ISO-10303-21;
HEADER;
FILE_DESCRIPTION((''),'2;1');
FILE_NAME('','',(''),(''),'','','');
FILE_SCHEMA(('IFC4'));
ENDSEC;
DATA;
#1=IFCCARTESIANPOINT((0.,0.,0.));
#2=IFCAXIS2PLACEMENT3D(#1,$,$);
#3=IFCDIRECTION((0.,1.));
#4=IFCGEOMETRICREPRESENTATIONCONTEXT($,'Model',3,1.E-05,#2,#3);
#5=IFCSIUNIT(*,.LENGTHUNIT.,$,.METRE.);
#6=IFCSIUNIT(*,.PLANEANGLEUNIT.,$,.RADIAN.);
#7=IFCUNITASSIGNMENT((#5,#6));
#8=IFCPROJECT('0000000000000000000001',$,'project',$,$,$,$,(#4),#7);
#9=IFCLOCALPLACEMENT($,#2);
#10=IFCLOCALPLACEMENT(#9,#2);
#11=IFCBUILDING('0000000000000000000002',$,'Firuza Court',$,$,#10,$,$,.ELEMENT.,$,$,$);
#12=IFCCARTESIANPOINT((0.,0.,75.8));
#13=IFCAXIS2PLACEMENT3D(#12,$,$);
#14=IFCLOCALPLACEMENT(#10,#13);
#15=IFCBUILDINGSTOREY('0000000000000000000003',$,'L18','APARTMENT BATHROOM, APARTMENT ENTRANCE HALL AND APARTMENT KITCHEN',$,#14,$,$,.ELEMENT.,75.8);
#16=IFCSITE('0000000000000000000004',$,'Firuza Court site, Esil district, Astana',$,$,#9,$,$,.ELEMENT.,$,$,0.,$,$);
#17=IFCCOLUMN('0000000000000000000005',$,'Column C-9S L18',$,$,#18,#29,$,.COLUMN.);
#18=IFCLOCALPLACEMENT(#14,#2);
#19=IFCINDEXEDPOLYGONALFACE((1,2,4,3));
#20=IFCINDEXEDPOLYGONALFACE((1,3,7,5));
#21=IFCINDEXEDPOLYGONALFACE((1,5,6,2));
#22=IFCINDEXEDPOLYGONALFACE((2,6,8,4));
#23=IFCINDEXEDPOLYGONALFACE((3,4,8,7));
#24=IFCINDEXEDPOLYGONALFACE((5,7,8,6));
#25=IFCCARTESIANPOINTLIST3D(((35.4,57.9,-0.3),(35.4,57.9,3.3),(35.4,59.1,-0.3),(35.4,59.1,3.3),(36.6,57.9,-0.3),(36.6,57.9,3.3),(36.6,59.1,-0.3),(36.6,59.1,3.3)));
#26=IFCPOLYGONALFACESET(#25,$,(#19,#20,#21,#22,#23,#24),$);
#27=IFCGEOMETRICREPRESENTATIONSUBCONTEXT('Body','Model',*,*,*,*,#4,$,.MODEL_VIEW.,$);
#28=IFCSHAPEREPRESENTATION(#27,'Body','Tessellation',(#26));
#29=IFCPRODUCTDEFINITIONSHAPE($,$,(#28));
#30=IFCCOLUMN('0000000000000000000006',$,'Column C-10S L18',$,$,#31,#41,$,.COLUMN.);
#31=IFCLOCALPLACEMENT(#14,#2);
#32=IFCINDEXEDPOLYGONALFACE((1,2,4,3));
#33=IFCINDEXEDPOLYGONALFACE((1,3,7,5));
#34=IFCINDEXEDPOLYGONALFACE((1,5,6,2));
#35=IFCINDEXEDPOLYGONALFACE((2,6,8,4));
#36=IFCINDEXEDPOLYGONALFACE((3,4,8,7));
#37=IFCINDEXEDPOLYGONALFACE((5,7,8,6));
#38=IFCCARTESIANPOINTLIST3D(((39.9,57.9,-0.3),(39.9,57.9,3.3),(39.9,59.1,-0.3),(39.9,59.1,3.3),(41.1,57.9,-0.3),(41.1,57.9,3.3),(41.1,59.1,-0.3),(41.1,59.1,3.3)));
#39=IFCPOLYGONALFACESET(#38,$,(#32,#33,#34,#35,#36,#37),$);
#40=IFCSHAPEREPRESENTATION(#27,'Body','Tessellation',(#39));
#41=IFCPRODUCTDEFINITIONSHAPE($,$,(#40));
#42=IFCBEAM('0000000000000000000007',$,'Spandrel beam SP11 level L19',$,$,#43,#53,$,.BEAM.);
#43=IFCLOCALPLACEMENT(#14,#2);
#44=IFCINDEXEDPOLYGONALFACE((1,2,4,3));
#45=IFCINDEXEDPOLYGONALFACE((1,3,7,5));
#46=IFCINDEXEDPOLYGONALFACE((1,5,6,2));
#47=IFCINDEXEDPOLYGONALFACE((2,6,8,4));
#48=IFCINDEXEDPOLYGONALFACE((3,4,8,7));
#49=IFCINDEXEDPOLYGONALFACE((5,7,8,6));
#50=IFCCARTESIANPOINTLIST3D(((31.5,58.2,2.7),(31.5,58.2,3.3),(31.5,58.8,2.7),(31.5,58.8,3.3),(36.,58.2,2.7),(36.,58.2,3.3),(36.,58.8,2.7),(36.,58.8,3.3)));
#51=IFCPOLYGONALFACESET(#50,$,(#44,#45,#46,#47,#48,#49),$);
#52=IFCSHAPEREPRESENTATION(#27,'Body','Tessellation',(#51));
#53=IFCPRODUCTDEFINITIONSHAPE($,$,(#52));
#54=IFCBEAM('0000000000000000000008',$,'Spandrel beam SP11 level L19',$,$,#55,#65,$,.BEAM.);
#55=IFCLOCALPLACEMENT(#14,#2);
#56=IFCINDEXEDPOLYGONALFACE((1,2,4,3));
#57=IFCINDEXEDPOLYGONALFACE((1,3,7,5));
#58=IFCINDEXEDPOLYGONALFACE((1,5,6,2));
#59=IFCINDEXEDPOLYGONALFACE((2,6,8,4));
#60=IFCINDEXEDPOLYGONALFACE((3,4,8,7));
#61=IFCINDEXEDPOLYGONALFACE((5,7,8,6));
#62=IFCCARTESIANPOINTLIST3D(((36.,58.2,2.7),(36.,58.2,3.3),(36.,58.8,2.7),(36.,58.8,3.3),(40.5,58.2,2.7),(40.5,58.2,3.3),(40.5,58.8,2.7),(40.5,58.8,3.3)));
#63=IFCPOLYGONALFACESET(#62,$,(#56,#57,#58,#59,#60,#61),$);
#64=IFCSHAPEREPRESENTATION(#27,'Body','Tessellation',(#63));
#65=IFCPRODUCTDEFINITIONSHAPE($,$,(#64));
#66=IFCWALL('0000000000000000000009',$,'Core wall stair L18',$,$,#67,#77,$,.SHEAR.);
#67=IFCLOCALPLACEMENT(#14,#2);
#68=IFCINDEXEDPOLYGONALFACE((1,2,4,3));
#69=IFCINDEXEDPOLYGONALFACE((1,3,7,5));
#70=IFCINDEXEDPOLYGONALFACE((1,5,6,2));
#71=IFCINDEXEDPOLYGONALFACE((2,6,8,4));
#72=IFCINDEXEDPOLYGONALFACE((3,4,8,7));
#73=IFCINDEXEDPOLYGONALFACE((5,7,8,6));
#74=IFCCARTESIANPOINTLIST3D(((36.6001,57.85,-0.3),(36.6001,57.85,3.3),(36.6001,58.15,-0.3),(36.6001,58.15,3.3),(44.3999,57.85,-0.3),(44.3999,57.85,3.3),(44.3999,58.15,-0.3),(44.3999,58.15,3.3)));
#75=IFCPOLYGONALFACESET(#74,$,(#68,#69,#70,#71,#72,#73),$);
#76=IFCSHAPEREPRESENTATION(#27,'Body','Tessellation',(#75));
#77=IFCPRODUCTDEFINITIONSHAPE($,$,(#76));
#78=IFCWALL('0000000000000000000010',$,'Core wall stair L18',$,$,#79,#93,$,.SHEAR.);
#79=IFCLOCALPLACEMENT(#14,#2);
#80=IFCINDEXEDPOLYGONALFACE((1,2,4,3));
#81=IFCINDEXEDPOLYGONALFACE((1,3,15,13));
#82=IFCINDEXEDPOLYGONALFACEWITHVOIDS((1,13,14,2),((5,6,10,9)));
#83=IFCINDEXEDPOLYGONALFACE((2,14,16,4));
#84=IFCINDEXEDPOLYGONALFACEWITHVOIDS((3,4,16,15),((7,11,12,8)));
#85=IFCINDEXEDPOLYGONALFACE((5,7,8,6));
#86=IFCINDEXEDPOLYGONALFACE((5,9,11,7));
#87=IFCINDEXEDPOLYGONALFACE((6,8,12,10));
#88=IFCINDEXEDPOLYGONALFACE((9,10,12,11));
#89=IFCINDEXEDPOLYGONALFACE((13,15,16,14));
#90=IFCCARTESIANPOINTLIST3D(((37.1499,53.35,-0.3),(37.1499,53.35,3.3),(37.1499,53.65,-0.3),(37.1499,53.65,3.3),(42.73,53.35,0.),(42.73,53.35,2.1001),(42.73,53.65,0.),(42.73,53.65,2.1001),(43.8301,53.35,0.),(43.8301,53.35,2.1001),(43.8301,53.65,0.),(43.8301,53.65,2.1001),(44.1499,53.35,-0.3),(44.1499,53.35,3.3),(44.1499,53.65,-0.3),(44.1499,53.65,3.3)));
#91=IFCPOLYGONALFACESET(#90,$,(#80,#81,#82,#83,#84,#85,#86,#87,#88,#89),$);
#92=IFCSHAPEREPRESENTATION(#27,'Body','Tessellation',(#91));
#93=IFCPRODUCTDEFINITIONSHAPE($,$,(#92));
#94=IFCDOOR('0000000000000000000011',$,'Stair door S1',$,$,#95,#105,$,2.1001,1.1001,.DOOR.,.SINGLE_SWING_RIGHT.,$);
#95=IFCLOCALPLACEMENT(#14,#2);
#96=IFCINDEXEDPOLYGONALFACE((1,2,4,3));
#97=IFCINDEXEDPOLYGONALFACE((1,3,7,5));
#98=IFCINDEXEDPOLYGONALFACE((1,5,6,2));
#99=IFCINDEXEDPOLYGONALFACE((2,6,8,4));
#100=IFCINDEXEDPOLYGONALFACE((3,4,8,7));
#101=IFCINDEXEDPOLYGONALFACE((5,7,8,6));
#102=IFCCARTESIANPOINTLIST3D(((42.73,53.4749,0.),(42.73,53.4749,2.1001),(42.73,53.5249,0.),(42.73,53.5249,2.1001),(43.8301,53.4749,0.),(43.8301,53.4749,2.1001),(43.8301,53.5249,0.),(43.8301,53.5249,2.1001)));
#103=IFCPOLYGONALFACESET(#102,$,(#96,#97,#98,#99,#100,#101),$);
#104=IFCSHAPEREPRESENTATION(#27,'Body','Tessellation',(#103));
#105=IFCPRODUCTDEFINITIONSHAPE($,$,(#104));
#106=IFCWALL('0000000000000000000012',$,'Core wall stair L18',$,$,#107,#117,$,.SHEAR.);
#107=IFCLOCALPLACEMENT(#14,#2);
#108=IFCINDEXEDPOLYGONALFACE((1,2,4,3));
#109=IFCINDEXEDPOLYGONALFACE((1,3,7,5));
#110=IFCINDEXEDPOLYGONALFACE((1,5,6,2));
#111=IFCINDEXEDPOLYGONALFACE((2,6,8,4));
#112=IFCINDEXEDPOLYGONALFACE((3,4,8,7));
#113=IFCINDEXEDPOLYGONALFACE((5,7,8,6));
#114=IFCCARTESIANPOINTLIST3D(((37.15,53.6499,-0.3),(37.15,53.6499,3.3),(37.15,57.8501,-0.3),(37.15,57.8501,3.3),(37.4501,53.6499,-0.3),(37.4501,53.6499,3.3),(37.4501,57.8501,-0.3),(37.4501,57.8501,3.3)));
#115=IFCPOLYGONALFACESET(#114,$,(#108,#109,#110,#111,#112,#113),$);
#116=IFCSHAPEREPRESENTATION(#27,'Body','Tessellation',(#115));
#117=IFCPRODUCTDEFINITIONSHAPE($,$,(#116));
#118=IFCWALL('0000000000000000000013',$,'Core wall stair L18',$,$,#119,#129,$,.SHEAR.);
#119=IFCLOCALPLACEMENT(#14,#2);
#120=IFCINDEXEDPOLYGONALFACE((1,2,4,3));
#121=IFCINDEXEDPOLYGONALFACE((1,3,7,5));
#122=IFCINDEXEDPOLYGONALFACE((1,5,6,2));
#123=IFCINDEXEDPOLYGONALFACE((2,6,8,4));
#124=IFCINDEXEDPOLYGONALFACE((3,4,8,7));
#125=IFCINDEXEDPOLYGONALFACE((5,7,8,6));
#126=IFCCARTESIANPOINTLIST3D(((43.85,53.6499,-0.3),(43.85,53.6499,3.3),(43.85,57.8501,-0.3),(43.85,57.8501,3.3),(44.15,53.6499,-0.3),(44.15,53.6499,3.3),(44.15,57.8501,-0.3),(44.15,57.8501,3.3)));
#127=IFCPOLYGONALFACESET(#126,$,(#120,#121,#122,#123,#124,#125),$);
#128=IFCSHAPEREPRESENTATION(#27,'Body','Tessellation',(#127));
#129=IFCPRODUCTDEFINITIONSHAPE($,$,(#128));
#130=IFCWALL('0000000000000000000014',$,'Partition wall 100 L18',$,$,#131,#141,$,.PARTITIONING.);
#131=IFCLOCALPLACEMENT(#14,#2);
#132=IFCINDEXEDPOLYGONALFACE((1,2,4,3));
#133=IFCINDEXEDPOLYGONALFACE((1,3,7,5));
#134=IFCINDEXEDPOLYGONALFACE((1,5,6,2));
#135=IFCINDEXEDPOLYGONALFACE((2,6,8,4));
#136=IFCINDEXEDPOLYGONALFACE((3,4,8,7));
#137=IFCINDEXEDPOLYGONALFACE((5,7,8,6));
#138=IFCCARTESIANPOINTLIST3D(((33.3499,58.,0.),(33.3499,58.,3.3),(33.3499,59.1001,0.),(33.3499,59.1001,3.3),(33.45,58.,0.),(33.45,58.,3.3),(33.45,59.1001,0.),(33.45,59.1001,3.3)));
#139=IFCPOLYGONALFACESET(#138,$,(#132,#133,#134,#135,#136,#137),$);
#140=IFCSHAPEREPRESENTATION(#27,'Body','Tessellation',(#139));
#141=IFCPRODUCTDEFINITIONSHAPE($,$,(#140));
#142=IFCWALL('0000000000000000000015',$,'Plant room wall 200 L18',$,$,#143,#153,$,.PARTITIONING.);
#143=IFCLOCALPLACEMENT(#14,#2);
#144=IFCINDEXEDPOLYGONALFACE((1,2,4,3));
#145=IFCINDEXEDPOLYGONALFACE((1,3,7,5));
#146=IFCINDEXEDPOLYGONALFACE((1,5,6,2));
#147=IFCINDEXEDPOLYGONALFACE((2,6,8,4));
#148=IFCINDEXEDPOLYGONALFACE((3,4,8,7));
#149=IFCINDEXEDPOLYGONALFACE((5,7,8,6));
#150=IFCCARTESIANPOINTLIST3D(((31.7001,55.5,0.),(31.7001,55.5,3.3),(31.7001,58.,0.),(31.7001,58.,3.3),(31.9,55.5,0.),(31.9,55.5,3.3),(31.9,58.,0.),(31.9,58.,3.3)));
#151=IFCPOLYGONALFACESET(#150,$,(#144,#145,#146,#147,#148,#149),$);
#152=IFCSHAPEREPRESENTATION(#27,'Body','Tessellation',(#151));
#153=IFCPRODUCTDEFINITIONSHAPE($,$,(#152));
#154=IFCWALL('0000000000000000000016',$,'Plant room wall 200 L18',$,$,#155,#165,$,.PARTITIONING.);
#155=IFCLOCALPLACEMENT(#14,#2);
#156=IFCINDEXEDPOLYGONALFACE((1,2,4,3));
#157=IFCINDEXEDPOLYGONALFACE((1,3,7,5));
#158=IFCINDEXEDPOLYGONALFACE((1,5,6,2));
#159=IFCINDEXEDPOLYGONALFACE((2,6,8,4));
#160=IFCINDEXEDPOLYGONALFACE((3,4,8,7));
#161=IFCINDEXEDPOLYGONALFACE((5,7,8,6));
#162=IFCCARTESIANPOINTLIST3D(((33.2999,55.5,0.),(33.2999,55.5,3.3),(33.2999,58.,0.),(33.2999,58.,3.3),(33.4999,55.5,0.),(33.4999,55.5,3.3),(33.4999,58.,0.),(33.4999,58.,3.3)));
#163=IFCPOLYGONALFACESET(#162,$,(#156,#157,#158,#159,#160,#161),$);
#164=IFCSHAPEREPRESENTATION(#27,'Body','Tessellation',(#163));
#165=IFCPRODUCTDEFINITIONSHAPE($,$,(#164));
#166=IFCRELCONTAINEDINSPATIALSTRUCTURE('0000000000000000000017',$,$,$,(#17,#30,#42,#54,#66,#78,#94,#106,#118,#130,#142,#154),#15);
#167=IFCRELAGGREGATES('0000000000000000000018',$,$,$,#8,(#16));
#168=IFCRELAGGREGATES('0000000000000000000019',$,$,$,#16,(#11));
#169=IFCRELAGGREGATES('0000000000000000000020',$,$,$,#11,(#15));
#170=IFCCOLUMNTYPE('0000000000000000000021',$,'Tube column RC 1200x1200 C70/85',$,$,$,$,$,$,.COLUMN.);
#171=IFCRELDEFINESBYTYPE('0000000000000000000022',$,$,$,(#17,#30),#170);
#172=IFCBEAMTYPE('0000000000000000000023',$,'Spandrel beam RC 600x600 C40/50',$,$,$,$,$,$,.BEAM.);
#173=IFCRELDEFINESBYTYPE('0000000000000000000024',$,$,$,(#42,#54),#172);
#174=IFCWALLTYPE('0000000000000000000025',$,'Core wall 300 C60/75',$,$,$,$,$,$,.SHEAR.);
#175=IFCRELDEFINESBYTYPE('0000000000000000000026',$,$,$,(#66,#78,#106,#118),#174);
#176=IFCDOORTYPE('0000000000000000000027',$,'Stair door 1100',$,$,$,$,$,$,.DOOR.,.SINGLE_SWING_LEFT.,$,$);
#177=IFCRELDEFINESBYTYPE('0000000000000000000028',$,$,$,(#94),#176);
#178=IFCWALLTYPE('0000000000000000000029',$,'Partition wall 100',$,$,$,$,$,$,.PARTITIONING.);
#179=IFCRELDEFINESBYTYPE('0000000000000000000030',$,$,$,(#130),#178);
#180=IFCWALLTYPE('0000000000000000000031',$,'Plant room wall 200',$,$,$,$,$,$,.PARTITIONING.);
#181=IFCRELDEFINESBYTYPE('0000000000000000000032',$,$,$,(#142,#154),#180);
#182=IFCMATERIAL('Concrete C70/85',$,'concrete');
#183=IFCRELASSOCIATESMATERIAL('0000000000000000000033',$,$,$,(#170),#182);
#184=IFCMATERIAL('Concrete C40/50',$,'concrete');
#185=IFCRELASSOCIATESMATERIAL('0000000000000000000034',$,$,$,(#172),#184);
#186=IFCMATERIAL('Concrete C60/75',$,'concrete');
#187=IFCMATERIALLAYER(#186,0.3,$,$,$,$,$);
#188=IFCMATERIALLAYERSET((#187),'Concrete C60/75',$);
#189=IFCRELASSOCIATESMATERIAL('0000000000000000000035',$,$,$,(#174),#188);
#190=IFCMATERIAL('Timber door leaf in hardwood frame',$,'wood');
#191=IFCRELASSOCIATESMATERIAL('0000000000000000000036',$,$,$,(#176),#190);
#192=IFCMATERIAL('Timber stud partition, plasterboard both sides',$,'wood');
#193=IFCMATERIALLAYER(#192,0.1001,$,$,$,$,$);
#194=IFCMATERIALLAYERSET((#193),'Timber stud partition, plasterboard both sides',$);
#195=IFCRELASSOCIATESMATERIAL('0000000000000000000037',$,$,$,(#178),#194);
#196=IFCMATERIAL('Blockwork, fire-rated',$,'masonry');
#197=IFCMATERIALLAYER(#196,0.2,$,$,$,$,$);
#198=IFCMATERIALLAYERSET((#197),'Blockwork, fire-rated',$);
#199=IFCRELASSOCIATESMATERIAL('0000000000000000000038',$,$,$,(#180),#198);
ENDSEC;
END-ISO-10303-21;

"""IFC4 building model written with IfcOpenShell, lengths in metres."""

from ifc_helpers import new_model, si_unit, direction, frame, frame_2d, origin, origin_2d, place, context, subcontext, project, spatial, rectangle, extrude, material, layer, layer_set, material_profile, profile_set, type_object, element, fill, save


model = new_model("IFC4")

# Units and contexts
model_context = context("Model", 3, precision=1e-05, world=origin(), true_north=direction((0.0, 1.0)))
body_context = subcontext(model_context, "Body", "Model", "MODEL_VIEW")
ifc_project = project(units=[si_unit("LENGTHUNIT", "METRE"), si_unit("PLANEANGLEUNIT", "RADIAN")], contexts=[model_context])

# Site, building, storey
site_placement = place(None, origin())
site = spatial("IfcSite", under=ifc_project, at=site_placement, Name="Firuza Court site, Esil district, Astana", CompositionType="ELEMENT", RefElevation=0.0)
building_placement = place(site_placement, origin())
building = spatial("IfcBuilding", under=site, at=building_placement, Name="Firuza Court", CompositionType="ELEMENT")
storey_placement = place(building_placement, frame((0.0, 0.0, 75.8)))
storey = spatial("IfcBuildingStorey", under=building, at=storey_placement, Name="L18", Description="APARTMENT BATHROOM, APARTMENT ENTRANCE HALL AND APARTMENT KITCHEN", CompositionType="ELEMENT", Elevation=75.8)

# Columns
ifc_material_1 = material(Name="Concrete C70/85", Category="concrete")
ifc_material_profile_1 = material_profile(ifc_material_1, rectangle(XDim=1.2, YDim=1.2, at=origin_2d()), Name="RC 1200x1200")
ifc_profile_set_1 = profile_set([ifc_material_profile_1], Name="Concrete C70/85")
column_type = type_object("IfcColumnType", Name="Tube column RC 1200x1200 C70/85", PredefinedType="COLUMN", material=ifc_profile_set_1)
for number, where, z_axis, x_axis, name in (
    (1, (36.0, 58.5, -0.3), (0.0, 0.0, 1.0), (1.0, 0.0, 0.0), "Column C-9S L18"),
    (2, (40.5, 58.5, -0.3), (0.0, 0.0, 1.0), (1.0, 0.0, 0.0), "Column C-10S L18"),
):
    element("IfcColumn", number, at=place(storey_placement, frame(where, z_axis=z_axis, x_axis=x_axis)), inside=storey, type_object=column_type, Name=name, PredefinedType="COLUMN", context=body_context, shape_type="SweptSolid", body=[
        extrude(rectangle(XDim=1.2, YDim=1.2, at=origin_2d()), origin(), (0.0, 0.0, 1.0), 3.6001),
    ])

# Beams
ifc_material_2 = material(Name="Concrete C40/50", Category="concrete")
ifc_material_profile_2 = material_profile(ifc_material_2, rectangle(XDim=0.6001, YDim=0.6001, at=origin_2d()), Name="RC 600x600")
ifc_profile_set_2 = profile_set([ifc_material_profile_2], Name="Concrete C40/50")
beam_type = type_object("IfcBeamType", Name="Spandrel beam RC 600x600 C40/50", PredefinedType="BEAM", material=ifc_profile_set_2)
for number, where, z_axis, x_axis, name in (
    (3, (36.0, 58.5, 3.0), (-1.0, 0.0, 0.0), (0.0, -1.0, 0.0), "Spandrel beam SP11 level L19"),
    (4, (40.5, 58.5, 3.0), (-1.0, 0.0, 0.0), (0.0, -1.0, 0.0), "Spandrel beam SP11 level L19"),
):
    element("IfcBeam", number, at=place(storey_placement, frame(where, z_axis=z_axis, x_axis=x_axis)), inside=storey, type_object=beam_type, Name=name, PredefinedType="BEAM", context=body_context, shape_type="SweptSolid", body=[
        extrude(rectangle(XDim=0.6001, YDim=0.6001, at=origin_2d()), origin(), (0.0, 0.0, 1.0), 4.5),
    ])

# Wall
ifc_material_3 = material(Name="Concrete C60/75", Category="concrete")
ifc_layer_1 = layer(ifc_material_3, 0.3)
ifc_layer_set_1 = layer_set([ifc_layer_1], Name="Concrete C60/75")
wall_type_1 = type_object("IfcWallType", Name="Core wall 300 C60/75", PredefinedType="SHEAR", material=ifc_layer_set_1)
wall_1_placement = place(storey_placement, frame((36.6001, 58.0, -0.3), z_axis=(0.0, 0.0, 1.0), x_axis=(1.0, 0.0, 0.0)))
element("IfcWall", 5, at=wall_1_placement, inside=storey, type_object=wall_type_1, Name="Core wall stair L18", PredefinedType="SHEAR", context=body_context, shape_type="SweptSolid", body=[
    extrude(rectangle(XDim=7.7998, YDim=0.3, at=frame_2d((3.8999, 0.0))), origin(), (0.0, 0.0, 1.0), 3.6001),
])

# Wall, opening, door
wall_2_placement = place(storey_placement, frame((37.1499, 53.5, -0.3), z_axis=(0.0, 0.0, 1.0), x_axis=(1.0, 0.0, 0.0)))
wall_2 = element("IfcWall", 6, at=wall_2_placement, inside=storey, type_object=wall_type_1, Name="Core wall stair L18", PredefinedType="SHEAR", context=body_context, shape_type="SweptSolid", body=[
    extrude(rectangle(XDim=7.0, YDim=0.3, at=frame_2d((3.5, 0.0))), origin(), (0.0, 0.0, 1.0), 3.6001),
])
opening_1_placement = place(wall_2_placement, frame((5.5801, 0.0, 0.3)))
opening_1 = element("IfcOpeningElement", 7, at=opening_1_placement, cuts=wall_2, PredefinedType="OPENING", context=body_context, shape_type="SweptSolid", body=[
    extrude(rectangle(XDim=1.1001, YDim=2.1001, at=frame_2d((0.55, 1.05))), frame((0.0, 0.1621, 0.0), z_axis=(0.0, -1.0, 0.0), x_axis=(1.0, 0.0, 0.0)), (0.0, 0.0, 1.0), 0.324),
])
ifc_material_4 = material(Name="Timber door leaf in hardwood frame", Category="wood")
door_type_1 = type_object("IfcDoorType", Name="Stair door 1100", OperationType="SINGLE_SWING_LEFT", PredefinedType="DOOR", material=ifc_material_4)
door_1_placement = place(opening_1_placement, origin())
door_1 = element("IfcDoor", 8, at=door_1_placement, inside=storey, type_object=door_type_1, Name="Stair door S1", OperationType="SINGLE_SWING_RIGHT", OverallHeight=2.1001, OverallWidth=1.1001, PredefinedType="DOOR", context=body_context, shape_type="SweptSolid", body=[
    extrude(rectangle(XDim=1.1001, YDim=2.1001, at=frame_2d((0.55, 1.05))), frame((0.0, 0.0249, 0.0), z_axis=(0.0, -1.0, 0.0), x_axis=(1.0, 0.0, 0.0)), (0.0, 0.0, 1.0), 0.05),
])
fill(opening_1, door_1)

# Walls
for number, where, z_axis, x_axis, name in (
    (9, (37.3, 53.6499, -0.3), (0.0, 0.0, 1.0), (0.0, 1.0, 0.0), "Core wall stair L18"),
    (10, (44.0, 53.6499, -0.3), (0.0, 0.0, 1.0), (0.0, 1.0, 0.0), "Core wall stair L18"),
):
    element("IfcWall", number, at=place(storey_placement, frame(where, z_axis=z_axis, x_axis=x_axis)), inside=storey, type_object=wall_type_1, Name=name, PredefinedType="SHEAR", context=body_context, shape_type="SweptSolid", body=[
        extrude(rectangle(XDim=4.2002, YDim=0.3, at=frame_2d((2.1001, 0.0))), origin(), (0.0, 0.0, 1.0), 3.6001),
    ])
ifc_material_5 = material(Name="Timber stud partition, plasterboard both sides", Category="wood")
ifc_layer_2 = layer(ifc_material_5, 0.1001)
ifc_layer_set_2 = layer_set([ifc_layer_2], Name="Timber stud partition, plasterboard both sides")
wall_type_2 = type_object("IfcWallType", Name="Partition wall 100", PredefinedType="PARTITIONING", material=ifc_layer_set_2)
wall_3_placement = place(storey_placement, frame((33.3999, 58.0, 0.0), z_axis=(0.0, 0.0, 1.0), x_axis=(0.0, 1.0, 0.0)))
element("IfcWall", 11, at=wall_3_placement, inside=storey, type_object=wall_type_2, Name="Partition wall 100 L18", PredefinedType="PARTITIONING", context=body_context, shape_type="SweptSolid", body=[
    extrude(rectangle(XDim=1.1001, YDim=0.1001, at=frame_2d((0.55, 0.0))), origin(), (0.0, 0.0, 1.0), 3.3),
])
ifc_material_6 = material(Name="Blockwork, fire-rated", Category="masonry")
ifc_layer_3 = layer(ifc_material_6, 0.2)
ifc_layer_set_3 = layer_set([ifc_layer_3], Name="Blockwork, fire-rated")
wall_type_3 = type_object("IfcWallType", Name="Plant room wall 200", PredefinedType="PARTITIONING", material=ifc_layer_set_3)
for number, where, z_axis, x_axis, name in (
    (12, (31.8, 55.5, 0.0), (0.0, 0.0, 1.0), (0.0, 1.0, 0.0), "Plant room wall 200 L18"),
    (13, (33.3999, 55.5, 0.0), (0.0, 0.0, 1.0), (0.0, 1.0, 0.0), "Plant room wall 200 L18"),
):
    element("IfcWall", number, at=place(storey_placement, frame(where, z_axis=z_axis, x_axis=x_axis)), inside=storey, type_object=wall_type_3, Name=name, PredefinedType="PARTITIONING", context=body_context, shape_type="SweptSolid", body=[
        extrude(rectangle(XDim=2.5, YDim=0.2, at=frame_2d((1.25, 0.0))), origin(), (0.0, 0.0, 1.0), 3.3),
    ])

save(model, "model.ifc")
